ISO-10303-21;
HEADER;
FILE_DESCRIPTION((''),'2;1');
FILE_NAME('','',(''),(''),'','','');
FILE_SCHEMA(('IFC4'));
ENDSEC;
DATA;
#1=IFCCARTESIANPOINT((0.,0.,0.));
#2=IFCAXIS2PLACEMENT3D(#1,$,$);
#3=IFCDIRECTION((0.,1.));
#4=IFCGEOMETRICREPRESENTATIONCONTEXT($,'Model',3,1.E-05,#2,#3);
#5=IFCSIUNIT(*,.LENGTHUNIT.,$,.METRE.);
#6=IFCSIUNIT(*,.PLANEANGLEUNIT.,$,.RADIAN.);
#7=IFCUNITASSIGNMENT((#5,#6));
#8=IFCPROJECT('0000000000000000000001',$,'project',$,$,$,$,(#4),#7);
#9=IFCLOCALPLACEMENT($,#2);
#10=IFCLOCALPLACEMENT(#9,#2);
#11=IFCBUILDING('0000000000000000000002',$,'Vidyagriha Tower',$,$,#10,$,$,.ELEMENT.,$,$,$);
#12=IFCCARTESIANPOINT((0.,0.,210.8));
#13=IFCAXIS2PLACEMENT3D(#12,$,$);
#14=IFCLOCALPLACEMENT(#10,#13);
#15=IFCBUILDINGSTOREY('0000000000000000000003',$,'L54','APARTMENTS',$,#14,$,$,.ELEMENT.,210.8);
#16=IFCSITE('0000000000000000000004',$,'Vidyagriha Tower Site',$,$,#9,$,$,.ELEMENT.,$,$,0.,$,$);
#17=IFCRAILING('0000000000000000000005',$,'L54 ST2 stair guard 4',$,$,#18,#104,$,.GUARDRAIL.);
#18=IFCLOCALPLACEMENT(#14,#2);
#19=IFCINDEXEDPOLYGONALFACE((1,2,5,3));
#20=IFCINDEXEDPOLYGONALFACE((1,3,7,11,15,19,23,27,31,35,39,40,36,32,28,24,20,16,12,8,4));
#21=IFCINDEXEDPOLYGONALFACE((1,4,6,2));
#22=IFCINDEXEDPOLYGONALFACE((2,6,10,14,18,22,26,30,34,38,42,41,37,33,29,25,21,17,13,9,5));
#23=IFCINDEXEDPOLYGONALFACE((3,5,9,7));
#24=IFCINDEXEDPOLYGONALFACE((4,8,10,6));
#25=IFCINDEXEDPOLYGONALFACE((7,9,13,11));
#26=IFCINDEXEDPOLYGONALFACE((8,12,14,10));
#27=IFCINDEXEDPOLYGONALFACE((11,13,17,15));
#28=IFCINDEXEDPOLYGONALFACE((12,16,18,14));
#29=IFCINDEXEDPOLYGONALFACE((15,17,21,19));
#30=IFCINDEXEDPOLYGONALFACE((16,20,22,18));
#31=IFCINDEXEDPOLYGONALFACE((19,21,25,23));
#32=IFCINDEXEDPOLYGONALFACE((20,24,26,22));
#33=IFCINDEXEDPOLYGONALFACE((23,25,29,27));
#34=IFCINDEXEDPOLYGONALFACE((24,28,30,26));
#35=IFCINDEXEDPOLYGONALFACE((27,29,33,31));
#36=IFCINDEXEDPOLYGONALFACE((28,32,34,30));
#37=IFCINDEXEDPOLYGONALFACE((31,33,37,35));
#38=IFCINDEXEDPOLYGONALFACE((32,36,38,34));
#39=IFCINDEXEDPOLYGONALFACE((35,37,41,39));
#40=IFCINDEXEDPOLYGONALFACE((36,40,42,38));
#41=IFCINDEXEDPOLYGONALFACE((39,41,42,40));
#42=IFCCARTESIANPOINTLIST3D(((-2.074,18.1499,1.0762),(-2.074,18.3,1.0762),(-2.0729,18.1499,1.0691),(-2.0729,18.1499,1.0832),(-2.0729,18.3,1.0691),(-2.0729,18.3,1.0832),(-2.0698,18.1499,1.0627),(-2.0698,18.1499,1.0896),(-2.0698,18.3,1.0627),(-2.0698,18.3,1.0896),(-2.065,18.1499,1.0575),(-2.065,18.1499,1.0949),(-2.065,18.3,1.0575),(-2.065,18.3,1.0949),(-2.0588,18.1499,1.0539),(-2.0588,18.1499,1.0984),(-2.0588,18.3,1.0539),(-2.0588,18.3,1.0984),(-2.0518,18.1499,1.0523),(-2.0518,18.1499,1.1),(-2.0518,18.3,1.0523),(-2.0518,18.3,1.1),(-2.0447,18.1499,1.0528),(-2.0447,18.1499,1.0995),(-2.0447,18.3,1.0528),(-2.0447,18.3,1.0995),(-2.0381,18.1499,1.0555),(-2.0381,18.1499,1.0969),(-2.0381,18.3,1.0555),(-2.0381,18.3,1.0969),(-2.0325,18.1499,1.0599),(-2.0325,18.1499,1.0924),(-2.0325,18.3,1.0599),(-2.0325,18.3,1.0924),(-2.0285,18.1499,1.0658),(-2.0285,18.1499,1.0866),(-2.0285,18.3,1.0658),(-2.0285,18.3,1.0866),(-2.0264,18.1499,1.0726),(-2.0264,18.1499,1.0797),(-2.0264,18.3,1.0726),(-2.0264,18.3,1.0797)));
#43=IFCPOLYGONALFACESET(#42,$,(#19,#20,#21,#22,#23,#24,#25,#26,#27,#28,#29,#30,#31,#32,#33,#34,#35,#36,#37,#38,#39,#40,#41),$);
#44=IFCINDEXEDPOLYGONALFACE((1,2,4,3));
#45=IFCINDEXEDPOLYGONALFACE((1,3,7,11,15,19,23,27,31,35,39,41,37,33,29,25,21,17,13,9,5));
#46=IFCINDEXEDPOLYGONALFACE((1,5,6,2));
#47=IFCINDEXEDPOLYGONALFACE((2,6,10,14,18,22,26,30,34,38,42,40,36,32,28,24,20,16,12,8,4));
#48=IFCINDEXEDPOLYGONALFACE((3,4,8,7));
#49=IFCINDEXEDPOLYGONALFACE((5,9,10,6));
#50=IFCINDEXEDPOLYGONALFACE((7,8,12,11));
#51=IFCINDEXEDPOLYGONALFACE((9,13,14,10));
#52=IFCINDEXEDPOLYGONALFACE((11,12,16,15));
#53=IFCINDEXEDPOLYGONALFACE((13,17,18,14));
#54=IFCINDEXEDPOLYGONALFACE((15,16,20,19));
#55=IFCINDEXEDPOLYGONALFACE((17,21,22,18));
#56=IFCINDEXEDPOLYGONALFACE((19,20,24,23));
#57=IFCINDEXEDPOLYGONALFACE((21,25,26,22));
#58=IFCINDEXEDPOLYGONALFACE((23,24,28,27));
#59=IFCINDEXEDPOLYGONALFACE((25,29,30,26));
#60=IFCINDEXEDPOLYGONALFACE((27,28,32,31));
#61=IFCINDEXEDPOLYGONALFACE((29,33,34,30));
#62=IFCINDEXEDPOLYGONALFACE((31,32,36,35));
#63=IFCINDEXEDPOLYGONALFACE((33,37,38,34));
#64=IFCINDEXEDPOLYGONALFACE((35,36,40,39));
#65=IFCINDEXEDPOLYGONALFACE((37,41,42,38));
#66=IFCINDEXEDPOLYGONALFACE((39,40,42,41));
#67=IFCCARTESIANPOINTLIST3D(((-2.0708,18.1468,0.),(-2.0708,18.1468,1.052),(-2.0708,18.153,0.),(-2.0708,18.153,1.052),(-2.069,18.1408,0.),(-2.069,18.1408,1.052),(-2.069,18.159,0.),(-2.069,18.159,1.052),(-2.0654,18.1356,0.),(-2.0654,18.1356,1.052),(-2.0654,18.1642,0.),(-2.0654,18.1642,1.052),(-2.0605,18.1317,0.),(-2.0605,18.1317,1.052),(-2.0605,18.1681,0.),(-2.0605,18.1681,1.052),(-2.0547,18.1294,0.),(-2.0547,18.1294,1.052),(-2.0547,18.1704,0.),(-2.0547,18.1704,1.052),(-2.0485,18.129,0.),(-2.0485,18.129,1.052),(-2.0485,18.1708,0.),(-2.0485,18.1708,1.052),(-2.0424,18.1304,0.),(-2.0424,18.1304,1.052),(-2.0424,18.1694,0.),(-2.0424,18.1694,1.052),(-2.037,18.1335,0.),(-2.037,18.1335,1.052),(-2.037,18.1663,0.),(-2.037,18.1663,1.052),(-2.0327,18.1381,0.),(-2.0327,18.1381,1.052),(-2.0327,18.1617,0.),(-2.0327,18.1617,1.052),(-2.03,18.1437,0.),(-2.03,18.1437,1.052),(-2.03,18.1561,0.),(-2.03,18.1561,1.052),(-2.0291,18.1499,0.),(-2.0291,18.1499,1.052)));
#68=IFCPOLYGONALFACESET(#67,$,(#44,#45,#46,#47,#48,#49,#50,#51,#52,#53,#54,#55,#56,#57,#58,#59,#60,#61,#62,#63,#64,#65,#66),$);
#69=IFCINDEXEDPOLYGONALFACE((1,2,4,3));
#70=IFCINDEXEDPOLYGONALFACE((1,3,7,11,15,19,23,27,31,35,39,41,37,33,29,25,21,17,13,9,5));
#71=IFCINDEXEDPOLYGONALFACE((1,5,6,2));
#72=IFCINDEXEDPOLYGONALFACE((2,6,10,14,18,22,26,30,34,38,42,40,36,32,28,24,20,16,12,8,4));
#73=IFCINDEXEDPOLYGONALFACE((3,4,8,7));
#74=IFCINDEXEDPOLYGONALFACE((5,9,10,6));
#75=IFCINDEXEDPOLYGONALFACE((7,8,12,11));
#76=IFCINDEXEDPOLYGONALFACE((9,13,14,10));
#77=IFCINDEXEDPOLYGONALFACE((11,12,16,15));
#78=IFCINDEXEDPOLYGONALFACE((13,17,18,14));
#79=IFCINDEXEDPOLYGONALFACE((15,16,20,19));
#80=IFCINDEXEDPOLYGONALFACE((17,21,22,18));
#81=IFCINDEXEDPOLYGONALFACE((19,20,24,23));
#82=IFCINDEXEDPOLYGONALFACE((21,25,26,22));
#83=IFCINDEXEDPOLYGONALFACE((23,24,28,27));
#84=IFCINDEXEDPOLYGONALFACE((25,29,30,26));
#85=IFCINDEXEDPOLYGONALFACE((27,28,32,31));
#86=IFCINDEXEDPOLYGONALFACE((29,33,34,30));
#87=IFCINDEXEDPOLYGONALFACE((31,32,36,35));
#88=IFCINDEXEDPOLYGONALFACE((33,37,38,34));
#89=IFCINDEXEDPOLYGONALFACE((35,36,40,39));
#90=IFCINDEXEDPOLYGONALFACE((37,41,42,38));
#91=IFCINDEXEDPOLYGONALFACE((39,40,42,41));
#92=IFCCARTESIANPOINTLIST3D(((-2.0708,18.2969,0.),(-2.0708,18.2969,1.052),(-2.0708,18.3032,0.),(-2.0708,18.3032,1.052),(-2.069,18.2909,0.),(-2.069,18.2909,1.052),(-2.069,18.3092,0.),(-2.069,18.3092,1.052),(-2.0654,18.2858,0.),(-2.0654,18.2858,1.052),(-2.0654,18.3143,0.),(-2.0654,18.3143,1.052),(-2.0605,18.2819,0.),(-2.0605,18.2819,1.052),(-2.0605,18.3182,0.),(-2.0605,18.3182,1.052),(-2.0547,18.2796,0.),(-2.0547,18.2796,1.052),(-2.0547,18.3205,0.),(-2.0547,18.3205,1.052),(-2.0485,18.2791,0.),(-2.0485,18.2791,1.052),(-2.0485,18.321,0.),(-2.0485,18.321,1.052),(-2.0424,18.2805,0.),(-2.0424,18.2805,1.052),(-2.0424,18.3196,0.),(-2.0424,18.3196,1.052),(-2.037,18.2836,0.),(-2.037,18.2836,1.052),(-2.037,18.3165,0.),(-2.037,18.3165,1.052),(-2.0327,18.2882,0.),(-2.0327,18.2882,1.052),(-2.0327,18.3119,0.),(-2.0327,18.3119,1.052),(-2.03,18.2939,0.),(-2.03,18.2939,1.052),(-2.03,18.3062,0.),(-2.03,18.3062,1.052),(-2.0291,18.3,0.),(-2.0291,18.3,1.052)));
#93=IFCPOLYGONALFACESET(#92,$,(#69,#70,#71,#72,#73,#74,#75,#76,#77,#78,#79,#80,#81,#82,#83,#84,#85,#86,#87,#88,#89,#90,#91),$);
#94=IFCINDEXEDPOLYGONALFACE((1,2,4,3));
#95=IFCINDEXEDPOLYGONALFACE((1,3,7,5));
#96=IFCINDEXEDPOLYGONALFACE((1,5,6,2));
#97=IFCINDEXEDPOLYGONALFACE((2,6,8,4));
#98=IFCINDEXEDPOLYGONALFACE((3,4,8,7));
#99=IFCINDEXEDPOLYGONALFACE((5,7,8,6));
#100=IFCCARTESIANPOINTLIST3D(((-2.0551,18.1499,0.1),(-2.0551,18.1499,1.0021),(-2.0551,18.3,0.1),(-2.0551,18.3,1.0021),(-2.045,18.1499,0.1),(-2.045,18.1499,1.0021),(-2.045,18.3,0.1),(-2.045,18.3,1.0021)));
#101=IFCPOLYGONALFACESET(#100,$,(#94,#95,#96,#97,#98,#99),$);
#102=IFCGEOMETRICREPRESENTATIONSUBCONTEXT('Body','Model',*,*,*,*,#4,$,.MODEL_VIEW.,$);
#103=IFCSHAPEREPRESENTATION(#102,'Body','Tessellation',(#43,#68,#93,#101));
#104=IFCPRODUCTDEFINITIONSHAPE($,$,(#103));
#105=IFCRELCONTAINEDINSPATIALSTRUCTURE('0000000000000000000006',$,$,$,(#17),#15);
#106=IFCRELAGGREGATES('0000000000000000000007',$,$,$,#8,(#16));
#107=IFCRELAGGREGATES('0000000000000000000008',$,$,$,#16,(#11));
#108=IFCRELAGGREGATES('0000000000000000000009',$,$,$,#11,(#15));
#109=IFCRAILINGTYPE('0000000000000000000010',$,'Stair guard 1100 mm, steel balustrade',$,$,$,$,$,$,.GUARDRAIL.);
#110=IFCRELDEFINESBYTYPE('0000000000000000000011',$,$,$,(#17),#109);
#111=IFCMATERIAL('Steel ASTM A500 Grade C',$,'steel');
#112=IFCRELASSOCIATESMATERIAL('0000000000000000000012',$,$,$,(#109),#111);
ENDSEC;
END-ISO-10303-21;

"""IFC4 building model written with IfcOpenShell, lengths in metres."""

from ifc_helpers import new_model, si_unit, direction, frame, origin, origin_2d, place, context, subcontext, project, spatial, rectangle, circle, extrude, material, type_object, element, save


model = new_model("IFC4")

# Units and contexts
model_context = context("Model", 3, precision=1e-05, world=origin(), true_north=direction((0.0, 1.0)))
body_context = subcontext(model_context, "Body", "Model", "MODEL_VIEW")
ifc_project = project(units=[si_unit("LENGTHUNIT", "METRE"), si_unit("PLANEANGLEUNIT", "RADIAN")], contexts=[model_context])

# Site, building, storey
site_placement = place(None, origin())
site = spatial("IfcSite", under=ifc_project, at=site_placement, Name="Vidyagriha Tower Site", CompositionType="ELEMENT", RefElevation=0.0)
building_placement = place(site_placement, origin())
building = spatial("IfcBuilding", under=site, at=building_placement, Name="Vidyagriha Tower", CompositionType="ELEMENT")
storey_placement = place(building_placement, frame((0.0, 0.0, 210.8)))
storey = spatial("IfcBuildingStorey", under=building, at=storey_placement, Name="L54", Description="APARTMENTS", CompositionType="ELEMENT", Elevation=210.8)

# Railing
ifc_material_1 = material(Name="Steel ASTM A500 Grade C", Category="steel")
railing_type_1 = type_object("IfcRailingType", Name="Stair guard 1100 mm, steel balustrade", PredefinedType="GUARDRAIL", material=ifc_material_1)
railing_1_placement = place(storey_placement, frame((-2.05, 18.1499, 0.0)))
element("IfcRailing", 1, at=railing_1_placement, inside=storey, type_object=railing_type_1, Name="L54 ST2 stair guard 4", PredefinedType="GUARDRAIL", context=body_context, shape_type="SweptSolid", body=[
    extrude(circle(Radius=0.0239, at=origin_2d()), frame((0.0, 0.0, 1.0762), z_axis=(0.0, 1.0, 0.0), x_axis=(-1.0, 0.0, 0.0)), (0.0, 0.0, 1.0), 0.1501),
    extrude(circle(Radius=0.021, at=origin_2d()), origin(), (0.0, 0.0, 1.0), 1.052),
    extrude(circle(Radius=0.021, at=origin_2d()), frame((0.0, 0.1501, 0.0)), (0.0, 0.0, 1.0), 1.052),
    extrude(rectangle(XDim=0.01, YDim=0.9021, at=origin_2d()), frame((0.0, 0.0, 0.551), z_axis=(0.0, 1.0, 0.0), x_axis=(-1.0, 0.0, 0.0)), (0.0, 0.0, 1.0), 0.1501),
])

save(model, "model.ifc")
